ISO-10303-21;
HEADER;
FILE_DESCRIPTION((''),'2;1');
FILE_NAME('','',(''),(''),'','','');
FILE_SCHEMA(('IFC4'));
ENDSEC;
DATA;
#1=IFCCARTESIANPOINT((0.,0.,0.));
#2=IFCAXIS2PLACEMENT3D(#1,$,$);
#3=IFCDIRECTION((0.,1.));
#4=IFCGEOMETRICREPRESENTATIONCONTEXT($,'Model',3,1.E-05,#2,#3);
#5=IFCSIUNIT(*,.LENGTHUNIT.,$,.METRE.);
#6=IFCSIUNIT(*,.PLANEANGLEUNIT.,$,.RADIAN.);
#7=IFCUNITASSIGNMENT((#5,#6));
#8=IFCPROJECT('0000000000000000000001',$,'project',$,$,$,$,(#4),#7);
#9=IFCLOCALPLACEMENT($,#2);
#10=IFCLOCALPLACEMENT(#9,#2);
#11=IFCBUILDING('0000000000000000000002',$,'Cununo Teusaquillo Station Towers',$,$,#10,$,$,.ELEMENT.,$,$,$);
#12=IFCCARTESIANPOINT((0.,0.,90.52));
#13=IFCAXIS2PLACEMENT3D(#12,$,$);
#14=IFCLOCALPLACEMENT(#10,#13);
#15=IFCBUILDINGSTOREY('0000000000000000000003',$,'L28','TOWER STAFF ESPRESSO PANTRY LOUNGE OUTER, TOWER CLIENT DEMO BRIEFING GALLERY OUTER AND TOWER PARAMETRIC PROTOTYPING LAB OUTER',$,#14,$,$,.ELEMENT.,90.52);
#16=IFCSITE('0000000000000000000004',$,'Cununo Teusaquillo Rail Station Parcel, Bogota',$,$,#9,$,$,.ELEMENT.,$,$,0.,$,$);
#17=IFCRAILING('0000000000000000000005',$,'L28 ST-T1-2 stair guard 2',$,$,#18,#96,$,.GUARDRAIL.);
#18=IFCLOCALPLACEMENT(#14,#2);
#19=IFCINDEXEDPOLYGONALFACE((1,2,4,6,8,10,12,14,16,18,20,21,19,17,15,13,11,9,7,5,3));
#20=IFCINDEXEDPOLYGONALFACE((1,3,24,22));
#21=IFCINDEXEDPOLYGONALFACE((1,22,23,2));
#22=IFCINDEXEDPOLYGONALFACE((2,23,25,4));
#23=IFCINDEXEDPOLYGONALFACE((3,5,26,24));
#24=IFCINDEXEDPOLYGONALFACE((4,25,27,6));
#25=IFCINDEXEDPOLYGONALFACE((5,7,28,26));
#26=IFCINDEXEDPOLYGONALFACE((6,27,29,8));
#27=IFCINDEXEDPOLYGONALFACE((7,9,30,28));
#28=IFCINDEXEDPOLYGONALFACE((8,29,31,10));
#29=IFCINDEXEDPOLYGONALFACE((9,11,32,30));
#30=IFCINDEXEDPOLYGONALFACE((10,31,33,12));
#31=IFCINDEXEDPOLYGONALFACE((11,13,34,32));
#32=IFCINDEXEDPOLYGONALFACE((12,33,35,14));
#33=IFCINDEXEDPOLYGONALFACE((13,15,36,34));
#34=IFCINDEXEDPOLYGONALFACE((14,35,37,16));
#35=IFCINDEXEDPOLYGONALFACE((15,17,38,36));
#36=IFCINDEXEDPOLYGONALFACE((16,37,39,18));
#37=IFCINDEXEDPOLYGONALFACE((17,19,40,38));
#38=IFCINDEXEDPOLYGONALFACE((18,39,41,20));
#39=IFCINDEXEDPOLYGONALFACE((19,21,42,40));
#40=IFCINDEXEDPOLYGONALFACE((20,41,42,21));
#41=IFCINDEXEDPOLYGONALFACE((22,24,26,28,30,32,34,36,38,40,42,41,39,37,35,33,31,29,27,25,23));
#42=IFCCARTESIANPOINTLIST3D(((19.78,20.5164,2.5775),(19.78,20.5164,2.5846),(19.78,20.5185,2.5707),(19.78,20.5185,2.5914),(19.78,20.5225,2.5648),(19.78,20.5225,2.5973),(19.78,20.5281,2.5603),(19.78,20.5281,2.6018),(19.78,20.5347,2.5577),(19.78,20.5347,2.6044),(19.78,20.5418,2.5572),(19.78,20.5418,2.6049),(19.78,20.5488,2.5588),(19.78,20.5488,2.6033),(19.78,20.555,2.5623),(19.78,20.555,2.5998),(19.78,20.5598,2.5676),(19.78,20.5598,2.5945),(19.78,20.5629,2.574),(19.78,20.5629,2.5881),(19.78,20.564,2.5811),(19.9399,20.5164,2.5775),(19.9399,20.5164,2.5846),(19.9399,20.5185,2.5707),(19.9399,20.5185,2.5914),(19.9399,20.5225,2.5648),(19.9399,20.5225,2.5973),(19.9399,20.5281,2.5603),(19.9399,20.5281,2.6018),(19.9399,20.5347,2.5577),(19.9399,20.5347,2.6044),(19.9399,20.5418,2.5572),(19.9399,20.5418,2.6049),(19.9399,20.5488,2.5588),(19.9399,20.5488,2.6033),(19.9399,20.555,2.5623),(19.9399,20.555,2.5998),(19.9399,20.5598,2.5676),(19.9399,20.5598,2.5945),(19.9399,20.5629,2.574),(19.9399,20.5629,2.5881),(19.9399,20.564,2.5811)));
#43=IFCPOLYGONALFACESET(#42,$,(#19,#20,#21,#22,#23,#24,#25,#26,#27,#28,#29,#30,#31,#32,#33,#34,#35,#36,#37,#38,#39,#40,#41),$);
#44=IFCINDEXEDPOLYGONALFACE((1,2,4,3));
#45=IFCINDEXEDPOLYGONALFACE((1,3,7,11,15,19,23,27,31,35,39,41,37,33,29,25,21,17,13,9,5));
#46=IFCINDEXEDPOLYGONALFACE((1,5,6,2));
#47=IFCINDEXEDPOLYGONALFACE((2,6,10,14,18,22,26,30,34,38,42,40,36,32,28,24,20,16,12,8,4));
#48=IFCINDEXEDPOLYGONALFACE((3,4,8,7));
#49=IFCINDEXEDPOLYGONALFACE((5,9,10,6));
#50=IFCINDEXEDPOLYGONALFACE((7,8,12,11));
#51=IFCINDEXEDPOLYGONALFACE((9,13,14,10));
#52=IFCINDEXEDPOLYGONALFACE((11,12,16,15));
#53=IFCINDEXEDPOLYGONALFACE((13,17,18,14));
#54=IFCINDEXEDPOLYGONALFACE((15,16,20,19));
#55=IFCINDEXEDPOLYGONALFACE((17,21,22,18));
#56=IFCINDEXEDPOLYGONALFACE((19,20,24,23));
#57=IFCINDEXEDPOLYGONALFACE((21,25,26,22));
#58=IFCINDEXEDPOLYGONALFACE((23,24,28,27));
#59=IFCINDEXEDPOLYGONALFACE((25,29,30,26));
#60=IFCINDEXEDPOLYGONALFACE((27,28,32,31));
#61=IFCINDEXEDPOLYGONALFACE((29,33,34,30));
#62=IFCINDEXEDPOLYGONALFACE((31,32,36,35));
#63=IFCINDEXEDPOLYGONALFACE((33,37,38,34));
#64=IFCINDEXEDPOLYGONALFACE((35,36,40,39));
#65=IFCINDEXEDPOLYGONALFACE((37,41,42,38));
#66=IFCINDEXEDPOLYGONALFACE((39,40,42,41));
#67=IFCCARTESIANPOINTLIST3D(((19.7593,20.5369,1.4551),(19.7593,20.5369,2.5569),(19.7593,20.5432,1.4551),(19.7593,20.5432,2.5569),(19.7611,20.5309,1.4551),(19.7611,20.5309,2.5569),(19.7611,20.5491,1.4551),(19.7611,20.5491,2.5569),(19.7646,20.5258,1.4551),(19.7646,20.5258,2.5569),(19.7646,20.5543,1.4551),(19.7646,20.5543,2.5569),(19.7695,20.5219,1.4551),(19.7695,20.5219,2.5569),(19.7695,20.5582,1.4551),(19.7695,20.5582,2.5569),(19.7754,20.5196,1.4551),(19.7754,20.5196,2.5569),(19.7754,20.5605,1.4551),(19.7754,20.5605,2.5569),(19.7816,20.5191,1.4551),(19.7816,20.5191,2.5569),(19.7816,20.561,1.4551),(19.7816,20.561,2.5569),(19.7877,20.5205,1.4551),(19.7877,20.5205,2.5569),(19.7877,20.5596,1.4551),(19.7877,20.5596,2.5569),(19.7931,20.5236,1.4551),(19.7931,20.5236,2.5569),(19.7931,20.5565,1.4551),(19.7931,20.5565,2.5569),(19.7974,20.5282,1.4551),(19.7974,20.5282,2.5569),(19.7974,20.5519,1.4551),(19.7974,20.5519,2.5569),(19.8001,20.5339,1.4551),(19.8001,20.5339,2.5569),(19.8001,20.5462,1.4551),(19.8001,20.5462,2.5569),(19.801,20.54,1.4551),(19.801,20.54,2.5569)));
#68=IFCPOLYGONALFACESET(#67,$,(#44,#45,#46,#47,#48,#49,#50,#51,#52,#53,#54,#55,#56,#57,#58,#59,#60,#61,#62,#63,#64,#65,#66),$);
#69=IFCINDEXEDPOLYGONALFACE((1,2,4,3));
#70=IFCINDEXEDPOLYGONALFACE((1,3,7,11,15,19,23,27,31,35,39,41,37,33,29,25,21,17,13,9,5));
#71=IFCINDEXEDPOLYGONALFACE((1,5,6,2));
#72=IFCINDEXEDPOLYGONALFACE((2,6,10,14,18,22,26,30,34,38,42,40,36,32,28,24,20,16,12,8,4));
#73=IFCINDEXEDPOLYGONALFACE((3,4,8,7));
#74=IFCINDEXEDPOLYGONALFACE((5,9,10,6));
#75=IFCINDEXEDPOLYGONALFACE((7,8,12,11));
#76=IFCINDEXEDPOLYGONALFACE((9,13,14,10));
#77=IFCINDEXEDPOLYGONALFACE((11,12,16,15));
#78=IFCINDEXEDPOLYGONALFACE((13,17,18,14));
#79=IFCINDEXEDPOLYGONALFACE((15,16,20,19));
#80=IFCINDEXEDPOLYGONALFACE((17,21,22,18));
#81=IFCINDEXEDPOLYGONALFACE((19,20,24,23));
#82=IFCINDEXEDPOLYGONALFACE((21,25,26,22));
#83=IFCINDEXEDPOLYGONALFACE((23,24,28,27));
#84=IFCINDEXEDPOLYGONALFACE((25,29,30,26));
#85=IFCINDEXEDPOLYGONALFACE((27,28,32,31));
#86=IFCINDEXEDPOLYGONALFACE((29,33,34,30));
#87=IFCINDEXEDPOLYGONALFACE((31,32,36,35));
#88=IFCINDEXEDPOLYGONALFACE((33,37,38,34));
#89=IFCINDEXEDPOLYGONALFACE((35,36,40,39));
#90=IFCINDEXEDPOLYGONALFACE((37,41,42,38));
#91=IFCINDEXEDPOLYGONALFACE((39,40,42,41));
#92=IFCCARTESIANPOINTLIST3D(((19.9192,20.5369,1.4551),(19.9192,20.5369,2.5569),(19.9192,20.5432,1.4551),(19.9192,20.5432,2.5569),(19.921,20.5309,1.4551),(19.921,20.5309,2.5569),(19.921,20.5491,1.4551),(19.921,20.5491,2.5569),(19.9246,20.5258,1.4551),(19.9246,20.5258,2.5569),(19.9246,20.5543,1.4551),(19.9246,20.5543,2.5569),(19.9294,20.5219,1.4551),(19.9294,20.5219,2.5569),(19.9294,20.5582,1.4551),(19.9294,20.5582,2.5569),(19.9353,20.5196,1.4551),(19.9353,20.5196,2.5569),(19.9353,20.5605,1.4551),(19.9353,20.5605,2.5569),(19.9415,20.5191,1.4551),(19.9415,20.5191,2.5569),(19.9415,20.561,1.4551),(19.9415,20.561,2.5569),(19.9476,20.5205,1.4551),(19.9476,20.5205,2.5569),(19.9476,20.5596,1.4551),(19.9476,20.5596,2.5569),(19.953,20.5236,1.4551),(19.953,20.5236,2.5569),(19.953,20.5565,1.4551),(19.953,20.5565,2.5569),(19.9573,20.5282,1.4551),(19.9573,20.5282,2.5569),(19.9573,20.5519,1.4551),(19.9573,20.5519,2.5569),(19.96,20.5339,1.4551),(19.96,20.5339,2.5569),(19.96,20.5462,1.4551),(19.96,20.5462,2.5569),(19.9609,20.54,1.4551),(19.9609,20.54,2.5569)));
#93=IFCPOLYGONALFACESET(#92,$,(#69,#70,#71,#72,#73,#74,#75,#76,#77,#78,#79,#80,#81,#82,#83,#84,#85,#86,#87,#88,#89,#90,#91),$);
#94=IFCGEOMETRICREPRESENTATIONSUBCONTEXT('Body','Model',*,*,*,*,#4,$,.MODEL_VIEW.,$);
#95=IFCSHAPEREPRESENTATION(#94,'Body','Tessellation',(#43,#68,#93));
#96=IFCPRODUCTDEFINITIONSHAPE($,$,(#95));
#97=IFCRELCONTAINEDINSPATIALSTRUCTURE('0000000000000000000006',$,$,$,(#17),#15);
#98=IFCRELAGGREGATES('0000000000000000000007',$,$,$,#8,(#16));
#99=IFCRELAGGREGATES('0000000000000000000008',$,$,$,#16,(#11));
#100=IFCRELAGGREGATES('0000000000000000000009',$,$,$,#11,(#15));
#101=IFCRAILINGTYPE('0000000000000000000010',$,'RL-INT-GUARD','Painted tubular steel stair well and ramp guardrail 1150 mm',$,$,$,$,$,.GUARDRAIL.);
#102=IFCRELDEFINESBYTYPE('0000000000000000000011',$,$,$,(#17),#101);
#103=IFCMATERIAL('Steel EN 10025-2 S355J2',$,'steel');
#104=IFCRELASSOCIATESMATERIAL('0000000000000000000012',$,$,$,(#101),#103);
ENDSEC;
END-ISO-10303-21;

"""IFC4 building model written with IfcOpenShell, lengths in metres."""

from ifc_helpers import new_model, si_unit, direction, frame, origin, origin_2d, place, context, subcontext, project, spatial, circle, extrude, material, type_object, element, save


model = new_model("IFC4")

# Units and contexts
model_context = context("Model", 3, precision=1e-05, world=origin(), true_north=direction((0.0, 1.0)))
body_context = subcontext(model_context, "Body", "Model", "MODEL_VIEW")
ifc_project = project(units=[si_unit("LENGTHUNIT", "METRE"), si_unit("PLANEANGLEUNIT", "RADIAN")], contexts=[model_context])

# Site, building, storey
site_placement = place(None, origin())
site = spatial("IfcSite", under=ifc_project, at=site_placement, Name="Cununo Teusaquillo Rail Station Parcel, Bogota", CompositionType="ELEMENT", RefElevation=0.0)
building_placement = place(site_placement, origin())
building = spatial("IfcBuilding", under=site, at=building_placement, Name="Cununo Teusaquillo Station Towers", CompositionType="ELEMENT")
storey_placement = place(building_placement, frame((0.0, 0.0, 90.52)))
storey = spatial("IfcBuildingStorey", under=building, at=storey_placement, Name="L28", Description="TOWER STAFF ESPRESSO PANTRY LOUNGE OUTER, TOWER CLIENT DEMO BRIEFING GALLERY OUTER AND TOWER PARAMETRIC PROTOTYPING LAB OUTER", CompositionType="ELEMENT", Elevation=90.52)

# Railing
ifc_material_1 = material(Name="Steel EN 10025-2 S355J2", Category="steel")
railing_type_1 = type_object("IfcRailingType", Name="RL-INT-GUARD", Description="Painted tubular steel stair well and ramp guardrail 1150 mm", PredefinedType="GUARDRAIL", material=ifc_material_1)
railing_1_placement = place(storey_placement, frame((19.78, 20.54, 1.4551)))
element("IfcRailing", 1, at=railing_1_placement, inside=storey, type_object=railing_type_1, Name="L28 ST-T1-2 stair guard 2", PredefinedType="GUARDRAIL", context=body_context, shape_type="SweptSolid", body=[
    extrude(circle(Radius=0.0239, at=origin_2d()), frame((0.0, 0.0, 1.126), z_axis=(1.0, 0.0, 0.0), x_axis=(0.0, 1.0, 0.0)), (0.0, 0.0, 1.0), 0.1599),
    extrude(circle(Radius=0.021, at=origin_2d()), origin(), (0.0, 0.0, 1.0), 1.1018),
    extrude(circle(Radius=0.021, at=origin_2d()), frame((0.1599, 0.0, 0.0)), (0.0, 0.0, 1.0), 1.1018),
])

save(model, "model.ifc")
